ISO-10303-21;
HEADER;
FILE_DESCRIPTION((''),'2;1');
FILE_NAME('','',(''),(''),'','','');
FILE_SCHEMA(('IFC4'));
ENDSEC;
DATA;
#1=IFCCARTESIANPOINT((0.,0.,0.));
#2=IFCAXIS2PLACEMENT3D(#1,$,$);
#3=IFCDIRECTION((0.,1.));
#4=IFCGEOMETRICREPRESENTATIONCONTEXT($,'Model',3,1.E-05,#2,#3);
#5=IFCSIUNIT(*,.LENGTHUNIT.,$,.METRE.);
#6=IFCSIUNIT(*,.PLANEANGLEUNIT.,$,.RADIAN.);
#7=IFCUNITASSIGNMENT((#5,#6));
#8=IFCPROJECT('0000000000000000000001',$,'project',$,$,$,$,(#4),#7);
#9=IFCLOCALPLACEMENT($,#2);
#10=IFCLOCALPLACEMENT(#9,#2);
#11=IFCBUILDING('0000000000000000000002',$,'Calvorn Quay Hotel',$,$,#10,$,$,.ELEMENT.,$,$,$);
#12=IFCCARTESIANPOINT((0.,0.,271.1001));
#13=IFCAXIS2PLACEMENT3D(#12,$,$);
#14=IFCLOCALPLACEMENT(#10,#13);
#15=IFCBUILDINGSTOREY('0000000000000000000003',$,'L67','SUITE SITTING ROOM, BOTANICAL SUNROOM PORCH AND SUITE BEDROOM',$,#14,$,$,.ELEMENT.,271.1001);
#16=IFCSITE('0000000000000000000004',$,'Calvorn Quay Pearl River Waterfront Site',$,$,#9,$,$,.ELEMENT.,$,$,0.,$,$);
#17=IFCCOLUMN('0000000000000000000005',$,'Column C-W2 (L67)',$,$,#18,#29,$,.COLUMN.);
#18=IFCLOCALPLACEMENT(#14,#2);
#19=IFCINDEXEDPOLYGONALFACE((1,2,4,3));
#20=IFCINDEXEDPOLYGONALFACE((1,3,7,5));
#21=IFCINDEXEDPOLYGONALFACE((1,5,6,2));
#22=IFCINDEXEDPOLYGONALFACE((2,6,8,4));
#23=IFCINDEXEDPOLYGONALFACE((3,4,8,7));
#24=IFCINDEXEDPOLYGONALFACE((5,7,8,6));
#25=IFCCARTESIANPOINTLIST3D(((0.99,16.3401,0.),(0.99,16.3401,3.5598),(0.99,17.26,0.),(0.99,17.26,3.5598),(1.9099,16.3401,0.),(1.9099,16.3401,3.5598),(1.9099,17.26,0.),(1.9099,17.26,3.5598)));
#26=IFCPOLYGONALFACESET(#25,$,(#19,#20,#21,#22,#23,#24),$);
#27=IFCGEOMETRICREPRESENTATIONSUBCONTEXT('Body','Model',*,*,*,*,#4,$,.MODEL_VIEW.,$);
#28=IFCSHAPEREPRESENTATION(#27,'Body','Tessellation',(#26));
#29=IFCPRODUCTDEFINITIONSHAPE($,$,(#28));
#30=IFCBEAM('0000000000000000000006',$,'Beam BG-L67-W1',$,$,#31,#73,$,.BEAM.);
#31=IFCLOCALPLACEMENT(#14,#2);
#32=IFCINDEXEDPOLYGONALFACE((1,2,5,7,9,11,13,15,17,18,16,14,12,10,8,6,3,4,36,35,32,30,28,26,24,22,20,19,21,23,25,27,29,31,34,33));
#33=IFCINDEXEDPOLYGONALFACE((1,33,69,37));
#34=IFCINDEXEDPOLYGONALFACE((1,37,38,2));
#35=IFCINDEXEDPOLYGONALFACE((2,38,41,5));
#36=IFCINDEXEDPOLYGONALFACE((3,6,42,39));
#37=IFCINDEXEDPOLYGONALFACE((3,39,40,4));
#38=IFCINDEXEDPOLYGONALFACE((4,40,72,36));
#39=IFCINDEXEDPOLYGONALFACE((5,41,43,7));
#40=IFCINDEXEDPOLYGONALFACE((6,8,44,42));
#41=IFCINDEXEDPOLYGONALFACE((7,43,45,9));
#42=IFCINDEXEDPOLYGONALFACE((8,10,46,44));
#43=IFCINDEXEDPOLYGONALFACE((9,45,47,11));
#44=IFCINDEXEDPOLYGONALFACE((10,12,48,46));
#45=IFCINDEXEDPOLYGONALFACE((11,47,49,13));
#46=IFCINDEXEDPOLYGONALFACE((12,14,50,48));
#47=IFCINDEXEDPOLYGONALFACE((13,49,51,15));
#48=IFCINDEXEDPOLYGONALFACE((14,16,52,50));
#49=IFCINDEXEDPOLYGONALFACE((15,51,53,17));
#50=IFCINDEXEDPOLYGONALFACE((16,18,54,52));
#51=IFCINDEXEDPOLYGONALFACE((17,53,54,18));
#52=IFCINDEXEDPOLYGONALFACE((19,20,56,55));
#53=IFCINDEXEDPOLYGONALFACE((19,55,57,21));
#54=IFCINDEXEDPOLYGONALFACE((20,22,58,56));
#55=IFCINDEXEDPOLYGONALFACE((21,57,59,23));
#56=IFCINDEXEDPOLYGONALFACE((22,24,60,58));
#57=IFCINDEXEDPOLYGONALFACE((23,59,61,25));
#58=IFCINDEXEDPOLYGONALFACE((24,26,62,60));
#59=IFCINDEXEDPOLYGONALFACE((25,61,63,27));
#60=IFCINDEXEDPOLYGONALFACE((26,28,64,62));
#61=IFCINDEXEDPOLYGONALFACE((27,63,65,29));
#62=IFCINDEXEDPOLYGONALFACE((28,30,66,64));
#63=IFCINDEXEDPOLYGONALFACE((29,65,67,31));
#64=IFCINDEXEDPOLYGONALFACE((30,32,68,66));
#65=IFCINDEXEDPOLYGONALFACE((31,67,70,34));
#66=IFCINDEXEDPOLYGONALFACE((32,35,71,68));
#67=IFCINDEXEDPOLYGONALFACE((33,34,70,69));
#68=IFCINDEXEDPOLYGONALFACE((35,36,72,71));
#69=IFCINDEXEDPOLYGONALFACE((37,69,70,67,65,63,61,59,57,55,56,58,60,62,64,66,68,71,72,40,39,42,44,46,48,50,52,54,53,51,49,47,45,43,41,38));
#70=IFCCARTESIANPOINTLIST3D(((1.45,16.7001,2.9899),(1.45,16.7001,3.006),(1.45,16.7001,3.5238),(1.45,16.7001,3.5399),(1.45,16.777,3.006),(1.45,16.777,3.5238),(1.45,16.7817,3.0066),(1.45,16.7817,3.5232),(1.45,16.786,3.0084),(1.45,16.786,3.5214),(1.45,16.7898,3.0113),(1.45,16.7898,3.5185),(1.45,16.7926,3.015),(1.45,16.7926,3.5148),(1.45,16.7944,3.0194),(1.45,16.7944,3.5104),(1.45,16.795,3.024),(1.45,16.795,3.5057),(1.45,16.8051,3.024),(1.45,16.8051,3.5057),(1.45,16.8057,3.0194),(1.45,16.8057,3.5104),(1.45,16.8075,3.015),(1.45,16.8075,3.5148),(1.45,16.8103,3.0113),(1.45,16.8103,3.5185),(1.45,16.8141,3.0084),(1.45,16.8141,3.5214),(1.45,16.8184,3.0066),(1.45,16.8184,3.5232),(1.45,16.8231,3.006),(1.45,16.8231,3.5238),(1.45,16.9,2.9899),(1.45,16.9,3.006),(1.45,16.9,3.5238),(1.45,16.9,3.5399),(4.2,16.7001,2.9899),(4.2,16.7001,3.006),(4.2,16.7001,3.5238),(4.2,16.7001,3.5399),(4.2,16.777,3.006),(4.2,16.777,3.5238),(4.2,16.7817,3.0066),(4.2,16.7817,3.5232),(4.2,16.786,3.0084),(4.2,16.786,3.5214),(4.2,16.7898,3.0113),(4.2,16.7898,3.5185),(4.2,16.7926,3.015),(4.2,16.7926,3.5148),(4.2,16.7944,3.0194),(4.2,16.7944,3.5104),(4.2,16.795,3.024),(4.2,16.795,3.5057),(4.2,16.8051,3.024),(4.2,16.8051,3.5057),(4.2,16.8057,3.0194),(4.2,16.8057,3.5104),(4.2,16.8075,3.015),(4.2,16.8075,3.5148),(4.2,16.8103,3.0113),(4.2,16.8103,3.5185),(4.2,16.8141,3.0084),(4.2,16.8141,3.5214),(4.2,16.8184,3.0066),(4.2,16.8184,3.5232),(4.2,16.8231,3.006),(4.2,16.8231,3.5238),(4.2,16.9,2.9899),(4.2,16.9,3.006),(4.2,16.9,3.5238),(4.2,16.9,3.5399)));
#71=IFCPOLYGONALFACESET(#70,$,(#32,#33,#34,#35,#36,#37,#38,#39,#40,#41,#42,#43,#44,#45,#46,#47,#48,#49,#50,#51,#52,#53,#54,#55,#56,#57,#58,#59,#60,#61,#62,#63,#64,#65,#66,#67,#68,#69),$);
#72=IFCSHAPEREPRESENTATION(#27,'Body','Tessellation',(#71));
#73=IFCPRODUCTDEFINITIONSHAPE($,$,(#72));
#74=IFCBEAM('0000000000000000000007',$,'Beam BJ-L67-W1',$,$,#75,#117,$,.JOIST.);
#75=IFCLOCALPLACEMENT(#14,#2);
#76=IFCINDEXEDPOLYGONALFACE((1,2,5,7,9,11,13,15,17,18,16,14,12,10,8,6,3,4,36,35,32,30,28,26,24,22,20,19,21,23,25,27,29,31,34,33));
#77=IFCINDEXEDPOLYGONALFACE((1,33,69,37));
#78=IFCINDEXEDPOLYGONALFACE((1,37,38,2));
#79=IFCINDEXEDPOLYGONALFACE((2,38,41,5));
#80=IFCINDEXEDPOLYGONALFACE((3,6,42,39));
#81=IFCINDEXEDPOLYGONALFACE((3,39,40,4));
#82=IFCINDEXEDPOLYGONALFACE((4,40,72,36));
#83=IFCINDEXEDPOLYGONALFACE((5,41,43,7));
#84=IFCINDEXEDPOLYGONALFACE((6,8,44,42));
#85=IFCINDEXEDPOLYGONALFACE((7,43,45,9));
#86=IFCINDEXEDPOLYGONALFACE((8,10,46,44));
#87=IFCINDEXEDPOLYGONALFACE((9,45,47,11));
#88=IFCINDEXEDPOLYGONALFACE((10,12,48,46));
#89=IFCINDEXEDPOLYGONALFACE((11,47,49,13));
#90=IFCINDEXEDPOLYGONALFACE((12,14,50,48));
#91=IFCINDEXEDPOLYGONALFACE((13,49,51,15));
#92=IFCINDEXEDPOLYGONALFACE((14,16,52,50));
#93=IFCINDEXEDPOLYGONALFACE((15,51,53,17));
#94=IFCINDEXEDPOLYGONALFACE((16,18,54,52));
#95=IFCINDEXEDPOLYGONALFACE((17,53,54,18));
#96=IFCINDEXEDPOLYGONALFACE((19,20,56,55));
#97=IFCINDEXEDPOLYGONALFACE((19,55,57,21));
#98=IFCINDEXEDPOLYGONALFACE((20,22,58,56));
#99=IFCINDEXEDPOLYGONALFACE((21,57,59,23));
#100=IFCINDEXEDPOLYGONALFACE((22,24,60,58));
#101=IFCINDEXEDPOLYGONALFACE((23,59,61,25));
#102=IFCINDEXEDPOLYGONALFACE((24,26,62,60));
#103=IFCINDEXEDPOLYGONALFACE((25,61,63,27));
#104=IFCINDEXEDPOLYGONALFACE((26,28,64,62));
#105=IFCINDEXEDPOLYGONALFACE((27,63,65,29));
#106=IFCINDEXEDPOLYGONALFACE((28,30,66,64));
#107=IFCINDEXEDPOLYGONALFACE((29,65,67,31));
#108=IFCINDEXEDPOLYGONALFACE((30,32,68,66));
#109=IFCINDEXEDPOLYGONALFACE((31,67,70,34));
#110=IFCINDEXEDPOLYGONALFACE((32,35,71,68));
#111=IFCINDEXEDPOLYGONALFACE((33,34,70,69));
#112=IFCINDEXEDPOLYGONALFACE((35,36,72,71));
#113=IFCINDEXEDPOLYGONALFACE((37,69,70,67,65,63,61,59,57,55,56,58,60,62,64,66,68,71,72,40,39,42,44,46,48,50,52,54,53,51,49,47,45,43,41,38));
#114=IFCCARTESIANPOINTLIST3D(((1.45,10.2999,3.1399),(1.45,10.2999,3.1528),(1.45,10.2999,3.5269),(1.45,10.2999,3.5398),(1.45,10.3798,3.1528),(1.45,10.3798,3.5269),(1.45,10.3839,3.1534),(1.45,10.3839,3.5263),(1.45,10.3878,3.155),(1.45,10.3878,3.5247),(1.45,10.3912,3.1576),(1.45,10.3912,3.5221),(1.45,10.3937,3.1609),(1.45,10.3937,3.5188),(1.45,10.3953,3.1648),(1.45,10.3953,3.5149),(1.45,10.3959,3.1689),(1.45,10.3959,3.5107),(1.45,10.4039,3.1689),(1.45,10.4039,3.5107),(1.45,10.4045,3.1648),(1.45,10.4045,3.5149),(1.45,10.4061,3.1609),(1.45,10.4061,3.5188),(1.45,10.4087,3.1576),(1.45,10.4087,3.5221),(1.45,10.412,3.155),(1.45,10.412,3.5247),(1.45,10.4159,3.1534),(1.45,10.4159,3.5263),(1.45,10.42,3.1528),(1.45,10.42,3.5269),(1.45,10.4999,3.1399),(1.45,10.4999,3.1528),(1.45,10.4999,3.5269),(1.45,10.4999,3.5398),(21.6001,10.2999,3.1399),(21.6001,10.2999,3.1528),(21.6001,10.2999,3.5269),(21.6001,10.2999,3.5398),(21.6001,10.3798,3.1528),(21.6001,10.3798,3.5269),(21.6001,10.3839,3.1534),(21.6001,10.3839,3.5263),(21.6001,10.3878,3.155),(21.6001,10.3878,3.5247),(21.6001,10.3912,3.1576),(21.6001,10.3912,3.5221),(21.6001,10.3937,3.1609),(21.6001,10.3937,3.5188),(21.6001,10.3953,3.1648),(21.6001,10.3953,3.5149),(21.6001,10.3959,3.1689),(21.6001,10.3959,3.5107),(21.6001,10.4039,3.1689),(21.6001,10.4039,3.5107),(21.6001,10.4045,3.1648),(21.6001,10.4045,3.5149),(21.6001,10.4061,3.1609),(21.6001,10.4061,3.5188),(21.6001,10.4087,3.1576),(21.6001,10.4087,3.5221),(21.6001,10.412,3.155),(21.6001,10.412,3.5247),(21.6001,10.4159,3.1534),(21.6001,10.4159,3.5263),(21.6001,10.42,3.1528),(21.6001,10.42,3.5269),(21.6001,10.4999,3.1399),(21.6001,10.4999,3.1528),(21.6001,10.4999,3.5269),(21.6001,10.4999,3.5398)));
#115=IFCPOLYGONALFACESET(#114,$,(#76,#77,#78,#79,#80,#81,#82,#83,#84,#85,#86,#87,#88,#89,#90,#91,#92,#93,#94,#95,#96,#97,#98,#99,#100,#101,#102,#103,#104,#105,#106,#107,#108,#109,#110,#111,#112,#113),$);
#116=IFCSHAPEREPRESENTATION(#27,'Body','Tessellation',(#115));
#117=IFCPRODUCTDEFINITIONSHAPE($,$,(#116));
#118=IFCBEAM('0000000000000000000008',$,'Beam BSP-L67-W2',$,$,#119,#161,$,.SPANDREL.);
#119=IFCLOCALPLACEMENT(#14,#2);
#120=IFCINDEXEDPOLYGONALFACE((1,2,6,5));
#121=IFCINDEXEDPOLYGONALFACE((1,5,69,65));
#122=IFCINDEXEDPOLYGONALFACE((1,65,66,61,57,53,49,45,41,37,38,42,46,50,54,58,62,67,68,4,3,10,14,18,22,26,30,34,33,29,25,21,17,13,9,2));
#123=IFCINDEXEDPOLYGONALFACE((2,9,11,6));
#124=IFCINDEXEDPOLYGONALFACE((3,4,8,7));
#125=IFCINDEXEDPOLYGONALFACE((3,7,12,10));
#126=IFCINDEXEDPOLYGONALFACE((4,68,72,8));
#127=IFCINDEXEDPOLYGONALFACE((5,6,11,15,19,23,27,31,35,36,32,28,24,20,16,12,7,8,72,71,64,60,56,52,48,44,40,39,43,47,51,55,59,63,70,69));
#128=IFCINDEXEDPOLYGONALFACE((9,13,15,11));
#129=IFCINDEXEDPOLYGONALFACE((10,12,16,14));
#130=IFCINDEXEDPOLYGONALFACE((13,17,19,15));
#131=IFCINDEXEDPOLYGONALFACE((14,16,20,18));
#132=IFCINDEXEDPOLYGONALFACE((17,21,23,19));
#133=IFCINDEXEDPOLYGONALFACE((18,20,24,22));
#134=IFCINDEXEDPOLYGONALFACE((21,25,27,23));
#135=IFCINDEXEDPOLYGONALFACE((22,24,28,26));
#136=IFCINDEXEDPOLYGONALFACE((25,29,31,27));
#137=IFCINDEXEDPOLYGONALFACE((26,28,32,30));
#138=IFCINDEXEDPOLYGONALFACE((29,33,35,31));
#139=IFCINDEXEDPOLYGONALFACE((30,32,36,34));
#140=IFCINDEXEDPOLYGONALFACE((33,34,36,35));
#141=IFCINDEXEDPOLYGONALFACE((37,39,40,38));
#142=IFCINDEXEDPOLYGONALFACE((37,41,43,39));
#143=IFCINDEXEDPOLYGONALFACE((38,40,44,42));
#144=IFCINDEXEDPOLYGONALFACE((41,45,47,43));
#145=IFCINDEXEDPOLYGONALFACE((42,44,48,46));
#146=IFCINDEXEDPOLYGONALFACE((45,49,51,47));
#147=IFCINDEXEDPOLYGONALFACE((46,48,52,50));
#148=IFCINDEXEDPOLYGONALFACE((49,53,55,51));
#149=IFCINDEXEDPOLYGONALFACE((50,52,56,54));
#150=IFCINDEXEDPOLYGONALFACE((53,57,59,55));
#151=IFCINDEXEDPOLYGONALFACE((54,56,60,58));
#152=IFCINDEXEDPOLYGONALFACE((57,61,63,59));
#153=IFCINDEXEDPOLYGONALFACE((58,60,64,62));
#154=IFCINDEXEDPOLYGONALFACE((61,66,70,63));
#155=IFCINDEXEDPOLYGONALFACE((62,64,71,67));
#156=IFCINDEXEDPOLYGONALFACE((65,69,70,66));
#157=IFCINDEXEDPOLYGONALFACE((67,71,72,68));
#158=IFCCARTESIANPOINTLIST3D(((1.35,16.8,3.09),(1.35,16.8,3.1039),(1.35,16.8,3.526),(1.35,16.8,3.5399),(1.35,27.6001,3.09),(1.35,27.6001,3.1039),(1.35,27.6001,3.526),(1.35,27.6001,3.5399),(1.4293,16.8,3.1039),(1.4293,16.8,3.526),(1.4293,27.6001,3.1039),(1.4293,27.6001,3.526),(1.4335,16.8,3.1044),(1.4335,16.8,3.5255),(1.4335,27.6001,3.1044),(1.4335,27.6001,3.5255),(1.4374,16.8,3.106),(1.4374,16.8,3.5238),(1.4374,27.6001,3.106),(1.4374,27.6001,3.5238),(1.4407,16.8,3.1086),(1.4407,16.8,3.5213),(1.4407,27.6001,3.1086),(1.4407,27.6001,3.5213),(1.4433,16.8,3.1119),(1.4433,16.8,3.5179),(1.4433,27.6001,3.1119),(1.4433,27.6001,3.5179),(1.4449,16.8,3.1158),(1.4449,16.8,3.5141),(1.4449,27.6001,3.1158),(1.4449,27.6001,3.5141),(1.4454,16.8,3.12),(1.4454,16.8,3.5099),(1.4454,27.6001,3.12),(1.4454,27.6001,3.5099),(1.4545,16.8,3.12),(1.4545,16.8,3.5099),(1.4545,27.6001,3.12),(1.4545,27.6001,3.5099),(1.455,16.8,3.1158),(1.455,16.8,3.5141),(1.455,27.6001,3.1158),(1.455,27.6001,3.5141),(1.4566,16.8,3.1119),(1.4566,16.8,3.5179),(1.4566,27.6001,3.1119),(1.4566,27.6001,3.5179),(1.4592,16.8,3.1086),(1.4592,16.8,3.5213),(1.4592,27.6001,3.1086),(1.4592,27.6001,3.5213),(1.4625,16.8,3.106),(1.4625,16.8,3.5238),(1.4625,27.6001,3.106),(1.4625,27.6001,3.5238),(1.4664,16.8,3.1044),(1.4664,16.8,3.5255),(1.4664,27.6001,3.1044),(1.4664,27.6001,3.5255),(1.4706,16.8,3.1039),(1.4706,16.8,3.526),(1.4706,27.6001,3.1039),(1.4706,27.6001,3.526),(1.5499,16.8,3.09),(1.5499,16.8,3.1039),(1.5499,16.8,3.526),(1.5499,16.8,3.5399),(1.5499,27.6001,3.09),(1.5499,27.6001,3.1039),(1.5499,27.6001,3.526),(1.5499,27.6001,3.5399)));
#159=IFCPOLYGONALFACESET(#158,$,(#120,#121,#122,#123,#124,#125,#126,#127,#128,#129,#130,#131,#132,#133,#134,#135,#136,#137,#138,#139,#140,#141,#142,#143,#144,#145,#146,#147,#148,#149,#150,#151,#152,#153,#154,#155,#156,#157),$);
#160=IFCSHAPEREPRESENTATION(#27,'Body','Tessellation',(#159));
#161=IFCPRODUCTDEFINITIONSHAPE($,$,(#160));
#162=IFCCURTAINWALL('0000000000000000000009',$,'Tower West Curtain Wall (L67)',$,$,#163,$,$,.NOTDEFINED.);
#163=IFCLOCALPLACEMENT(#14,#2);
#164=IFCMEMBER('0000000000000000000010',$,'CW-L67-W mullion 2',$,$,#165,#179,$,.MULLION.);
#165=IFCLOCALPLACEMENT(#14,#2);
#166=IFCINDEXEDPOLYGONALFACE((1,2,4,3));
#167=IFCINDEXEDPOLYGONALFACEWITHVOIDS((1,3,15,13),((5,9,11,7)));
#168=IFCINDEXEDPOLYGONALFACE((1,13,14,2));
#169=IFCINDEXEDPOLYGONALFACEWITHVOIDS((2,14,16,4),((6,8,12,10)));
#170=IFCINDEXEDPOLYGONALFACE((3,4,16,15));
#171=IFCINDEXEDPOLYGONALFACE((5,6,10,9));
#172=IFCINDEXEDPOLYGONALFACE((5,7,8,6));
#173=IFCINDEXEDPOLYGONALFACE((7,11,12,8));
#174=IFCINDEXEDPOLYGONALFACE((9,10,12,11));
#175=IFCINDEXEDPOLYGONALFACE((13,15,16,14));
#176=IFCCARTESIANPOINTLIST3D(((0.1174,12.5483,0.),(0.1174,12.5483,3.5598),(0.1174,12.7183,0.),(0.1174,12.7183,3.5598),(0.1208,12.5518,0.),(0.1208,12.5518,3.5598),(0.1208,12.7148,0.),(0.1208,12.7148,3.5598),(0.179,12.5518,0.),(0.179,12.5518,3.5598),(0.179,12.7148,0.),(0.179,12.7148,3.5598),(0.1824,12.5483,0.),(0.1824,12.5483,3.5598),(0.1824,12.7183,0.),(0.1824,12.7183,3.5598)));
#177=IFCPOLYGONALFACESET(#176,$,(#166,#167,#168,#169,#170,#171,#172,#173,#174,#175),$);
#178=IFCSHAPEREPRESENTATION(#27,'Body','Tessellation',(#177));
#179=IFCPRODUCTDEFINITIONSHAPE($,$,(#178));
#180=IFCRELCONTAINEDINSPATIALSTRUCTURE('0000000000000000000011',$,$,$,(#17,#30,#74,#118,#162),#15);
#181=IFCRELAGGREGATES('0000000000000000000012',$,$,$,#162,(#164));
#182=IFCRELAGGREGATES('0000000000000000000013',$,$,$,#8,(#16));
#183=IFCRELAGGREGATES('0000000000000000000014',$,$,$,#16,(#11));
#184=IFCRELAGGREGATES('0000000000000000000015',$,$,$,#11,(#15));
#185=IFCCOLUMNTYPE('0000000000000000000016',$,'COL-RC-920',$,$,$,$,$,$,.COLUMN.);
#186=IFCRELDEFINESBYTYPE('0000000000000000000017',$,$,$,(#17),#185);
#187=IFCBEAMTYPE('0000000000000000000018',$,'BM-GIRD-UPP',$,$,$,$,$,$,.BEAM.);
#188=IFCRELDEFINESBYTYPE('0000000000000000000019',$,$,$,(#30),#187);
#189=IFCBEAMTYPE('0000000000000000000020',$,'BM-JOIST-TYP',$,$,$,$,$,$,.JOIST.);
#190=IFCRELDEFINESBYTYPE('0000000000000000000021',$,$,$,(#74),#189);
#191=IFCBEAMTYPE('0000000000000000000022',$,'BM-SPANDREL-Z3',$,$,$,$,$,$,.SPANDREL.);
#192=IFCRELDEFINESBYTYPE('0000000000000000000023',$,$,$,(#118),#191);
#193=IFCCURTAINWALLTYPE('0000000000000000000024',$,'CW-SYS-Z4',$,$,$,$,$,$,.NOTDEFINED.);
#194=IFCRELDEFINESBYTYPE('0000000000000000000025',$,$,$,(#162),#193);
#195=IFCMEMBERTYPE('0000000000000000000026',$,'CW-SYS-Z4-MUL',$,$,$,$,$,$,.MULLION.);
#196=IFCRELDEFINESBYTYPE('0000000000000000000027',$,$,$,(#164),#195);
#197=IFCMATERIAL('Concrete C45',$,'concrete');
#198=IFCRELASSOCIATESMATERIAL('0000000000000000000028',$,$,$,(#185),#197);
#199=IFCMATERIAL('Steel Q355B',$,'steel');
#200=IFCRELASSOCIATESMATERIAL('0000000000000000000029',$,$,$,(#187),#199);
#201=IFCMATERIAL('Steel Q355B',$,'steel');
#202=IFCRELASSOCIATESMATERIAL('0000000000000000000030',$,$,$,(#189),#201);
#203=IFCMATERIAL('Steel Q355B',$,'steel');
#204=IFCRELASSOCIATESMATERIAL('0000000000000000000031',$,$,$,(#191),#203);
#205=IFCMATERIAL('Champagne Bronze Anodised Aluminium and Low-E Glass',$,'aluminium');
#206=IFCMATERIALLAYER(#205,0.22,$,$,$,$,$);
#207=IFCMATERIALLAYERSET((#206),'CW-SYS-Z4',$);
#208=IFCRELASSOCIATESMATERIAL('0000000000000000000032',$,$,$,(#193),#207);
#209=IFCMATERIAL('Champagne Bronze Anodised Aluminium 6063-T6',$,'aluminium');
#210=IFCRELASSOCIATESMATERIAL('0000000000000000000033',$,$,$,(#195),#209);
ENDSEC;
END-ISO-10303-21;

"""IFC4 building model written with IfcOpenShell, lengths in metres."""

from ifc_helpers import new_model, si_unit, direction, frame, origin, origin_2d, place, context, subcontext, project, spatial, rectangle, hollow_rectangle, i_section, extrude, material, layer, layer_set, material_profile, profile_set, type_object, element, aggregate, save


model = new_model("IFC4")

# Units and contexts
model_context = context("Model", 3, precision=1e-05, world=origin(), true_north=direction((0.0, 1.0)))
body_context = subcontext(model_context, "Body", "Model", "MODEL_VIEW")
ifc_project = project(units=[si_unit("LENGTHUNIT", "METRE"), si_unit("PLANEANGLEUNIT", "RADIAN")], contexts=[model_context])

# Site, building, storey
site_placement = place(None, origin())
site = spatial("IfcSite", under=ifc_project, at=site_placement, Name="Calvorn Quay Pearl River Waterfront Site", CompositionType="ELEMENT", RefElevation=0.0)
building_placement = place(site_placement, origin())
building = spatial("IfcBuilding", under=site, at=building_placement, Name="Calvorn Quay Hotel", CompositionType="ELEMENT")
storey_placement = place(building_placement, frame((0.0, 0.0, 271.1001)))
storey = spatial("IfcBuildingStorey", under=building, at=storey_placement, Name="L67", Description="SUITE SITTING ROOM, BOTANICAL SUNROOM PORCH AND SUITE BEDROOM", CompositionType="ELEMENT", Elevation=271.1001)

# Column
ifc_material_1 = material(Name="Concrete C45", Category="concrete")
ifc_material_profile_1 = material_profile(ifc_material_1, rectangle(XDim=0.9199, YDim=0.9199, at=origin_2d()), Name="RC920x920")
ifc_profile_set_1 = profile_set([ifc_material_profile_1], Name="Concrete C45")
column_type = type_object("IfcColumnType", Name="COL-RC-920", PredefinedType="COLUMN", material=ifc_profile_set_1)
column_placement = place(storey_placement, frame((1.45, 16.8, 0.0), z_axis=(0.0, 0.0, 1.0), x_axis=(1.0, 0.0, 0.0)))
element("IfcColumn", 1, at=column_placement, inside=storey, type_object=column_type, Name="Column C-W2 (L67)", PredefinedType="COLUMN", context=body_context, shape_type="SweptSolid", body=[
    extrude(rectangle(XDim=0.9199, YDim=0.9199, at=origin_2d()), origin(), (0.0, 0.0, 1.0), 3.5598),
])

# Beams
ifc_material_2 = material(Name="Steel Q355B", Category="steel")
ifc_material_profile_2 = material_profile(ifc_material_2, i_section(OverallWidth=0.2, OverallDepth=0.55, WebThickness=0.01, FlangeThickness=0.0161, FilletRadius=0.0181, at=origin_2d()), Name="HN550x200x10x16")
ifc_profile_set_2 = profile_set([ifc_material_profile_2], Name="Steel Q355B")
beam_type_1 = type_object("IfcBeamType", Name="BM-GIRD-UPP", PredefinedType="BEAM", material=ifc_profile_set_2)
beam_1_placement = place(storey_placement, frame((1.45, 16.8, 3.2649), z_axis=(1.0, 0.0, 0.0), x_axis=(0.0, 1.0, 0.0)))
element("IfcBeam", 2, at=beam_1_placement, inside=storey, type_object=beam_type_1, Name="Beam BG-L67-W1", PredefinedType="BEAM", context=body_context, shape_type="SweptSolid", body=[
    extrude(i_section(OverallWidth=0.2, OverallDepth=0.55, WebThickness=0.01, FlangeThickness=0.0161, FilletRadius=0.0181, at=origin_2d()), origin(), (0.0, 0.0, 1.0), 2.75),
])
ifc_material_3 = material(Name="Steel Q355B", Category="steel")
ifc_material_profile_3 = material_profile(ifc_material_3, i_section(OverallWidth=0.2, OverallDepth=0.3999, WebThickness=0.0081, FlangeThickness=0.0129, FilletRadius=0.0161, at=origin_2d()), Name="HN400x200x8x13")
ifc_profile_set_3 = profile_set([ifc_material_profile_3], Name="Steel Q355B")
beam_type_2 = type_object("IfcBeamType", Name="BM-JOIST-TYP", PredefinedType="JOIST", material=ifc_profile_set_3)
beam_2_placement = place(storey_placement, frame((1.45, 10.3999, 3.3398), z_axis=(1.0, 0.0, 0.0), x_axis=(0.0, 1.0, 0.0)))
element("IfcBeam", 3, at=beam_2_placement, inside=storey, type_object=beam_type_2, Name="Beam BJ-L67-W1", PredefinedType="JOIST", context=body_context, shape_type="SweptSolid", body=[
    extrude(i_section(OverallWidth=0.2, OverallDepth=0.3999, WebThickness=0.0081, FlangeThickness=0.0129, FilletRadius=0.0161, at=origin_2d()), origin(), (0.0, 0.0, 1.0), 20.1501),
])
ifc_material_4 = material(Name="Steel Q355B", Category="steel")
ifc_material_profile_4 = material_profile(ifc_material_4, i_section(OverallWidth=0.2, OverallDepth=0.45, WebThickness=0.009, FlangeThickness=0.0139, FilletRadius=0.0161, at=origin_2d()), Name="HN450x200x9x14")
ifc_profile_set_4 = profile_set([ifc_material_profile_4], Name="Steel Q355B")
beam_type_3 = type_object("IfcBeamType", Name="BM-SPANDREL-Z3", PredefinedType="SPANDREL", material=ifc_profile_set_4)
beam_3_placement = place(storey_placement, frame((1.45, 16.8, 3.3149), z_axis=(0.0, 1.0, 0.0), x_axis=(-1.0, 0.0, 0.0)))
element("IfcBeam", 4, at=beam_3_placement, inside=storey, type_object=beam_type_3, Name="Beam BSP-L67-W2", PredefinedType="SPANDREL", context=body_context, shape_type="SweptSolid", body=[
    extrude(i_section(OverallWidth=0.2, OverallDepth=0.45, WebThickness=0.009, FlangeThickness=0.0139, FilletRadius=0.0161, at=origin_2d()), origin(), (0.0, 0.0, 1.0), 10.8),
])

# Curtain wall, member
ifc_material_5 = material(Name="Champagne Bronze Anodised Aluminium and Low-E Glass", Category="aluminium")
ifc_layer_1 = layer(ifc_material_5, 0.22)
ifc_layer_set_1 = layer_set([ifc_layer_1], Name="CW-SYS-Z4")
curtain_wall_type = type_object("IfcCurtainWallType", Name="CW-SYS-Z4", PredefinedType="NOTDEFINED", material=ifc_layer_set_1)
curtain_wall_placement = place(storey_placement, origin())
curtain_wall = element("IfcCurtainWall", 5, at=curtain_wall_placement, inside=storey, type_object=curtain_wall_type, Name="Tower West Curtain Wall (L67)", PredefinedType="NOTDEFINED")
ifc_material_6 = material(Name="Champagne Bronze Anodised Aluminium 6063-T6", Category="aluminium")
ifc_material_profile_5 = material_profile(ifc_material_6, hollow_rectangle(XDim=0.0649, YDim=0.1699, WallThickness=0.0034, at=origin_2d()), Name="ALU-M170x65x3.5")
ifc_profile_set_5 = profile_set([ifc_material_profile_5], Name="Champagne Bronze Anodised Aluminium 6063-T6")
member_type_1 = type_object("IfcMemberType", Name="CW-SYS-Z4-MUL", PredefinedType="MULLION", material=ifc_profile_set_5)
member_1_placement = place(storey_placement, frame((0.1499, 12.6333, 0.0), z_axis=(0.0, 0.0, 1.0), x_axis=(-1.0, 0.0, 0.0)))
member_1 = element("IfcMember", 6, at=member_1_placement, type_object=member_type_1, Name="CW-L67-W mullion 2", PredefinedType="MULLION", context=body_context, shape_type="SweptSolid", body=[
    extrude(hollow_rectangle(XDim=0.0649, YDim=0.1699, WallThickness=0.0034, at=origin_2d()), origin(), (0.0, 0.0, 1.0), 3.5598),
])
aggregate(curtain_wall, [member_1])

save(model, "model.ifc")
